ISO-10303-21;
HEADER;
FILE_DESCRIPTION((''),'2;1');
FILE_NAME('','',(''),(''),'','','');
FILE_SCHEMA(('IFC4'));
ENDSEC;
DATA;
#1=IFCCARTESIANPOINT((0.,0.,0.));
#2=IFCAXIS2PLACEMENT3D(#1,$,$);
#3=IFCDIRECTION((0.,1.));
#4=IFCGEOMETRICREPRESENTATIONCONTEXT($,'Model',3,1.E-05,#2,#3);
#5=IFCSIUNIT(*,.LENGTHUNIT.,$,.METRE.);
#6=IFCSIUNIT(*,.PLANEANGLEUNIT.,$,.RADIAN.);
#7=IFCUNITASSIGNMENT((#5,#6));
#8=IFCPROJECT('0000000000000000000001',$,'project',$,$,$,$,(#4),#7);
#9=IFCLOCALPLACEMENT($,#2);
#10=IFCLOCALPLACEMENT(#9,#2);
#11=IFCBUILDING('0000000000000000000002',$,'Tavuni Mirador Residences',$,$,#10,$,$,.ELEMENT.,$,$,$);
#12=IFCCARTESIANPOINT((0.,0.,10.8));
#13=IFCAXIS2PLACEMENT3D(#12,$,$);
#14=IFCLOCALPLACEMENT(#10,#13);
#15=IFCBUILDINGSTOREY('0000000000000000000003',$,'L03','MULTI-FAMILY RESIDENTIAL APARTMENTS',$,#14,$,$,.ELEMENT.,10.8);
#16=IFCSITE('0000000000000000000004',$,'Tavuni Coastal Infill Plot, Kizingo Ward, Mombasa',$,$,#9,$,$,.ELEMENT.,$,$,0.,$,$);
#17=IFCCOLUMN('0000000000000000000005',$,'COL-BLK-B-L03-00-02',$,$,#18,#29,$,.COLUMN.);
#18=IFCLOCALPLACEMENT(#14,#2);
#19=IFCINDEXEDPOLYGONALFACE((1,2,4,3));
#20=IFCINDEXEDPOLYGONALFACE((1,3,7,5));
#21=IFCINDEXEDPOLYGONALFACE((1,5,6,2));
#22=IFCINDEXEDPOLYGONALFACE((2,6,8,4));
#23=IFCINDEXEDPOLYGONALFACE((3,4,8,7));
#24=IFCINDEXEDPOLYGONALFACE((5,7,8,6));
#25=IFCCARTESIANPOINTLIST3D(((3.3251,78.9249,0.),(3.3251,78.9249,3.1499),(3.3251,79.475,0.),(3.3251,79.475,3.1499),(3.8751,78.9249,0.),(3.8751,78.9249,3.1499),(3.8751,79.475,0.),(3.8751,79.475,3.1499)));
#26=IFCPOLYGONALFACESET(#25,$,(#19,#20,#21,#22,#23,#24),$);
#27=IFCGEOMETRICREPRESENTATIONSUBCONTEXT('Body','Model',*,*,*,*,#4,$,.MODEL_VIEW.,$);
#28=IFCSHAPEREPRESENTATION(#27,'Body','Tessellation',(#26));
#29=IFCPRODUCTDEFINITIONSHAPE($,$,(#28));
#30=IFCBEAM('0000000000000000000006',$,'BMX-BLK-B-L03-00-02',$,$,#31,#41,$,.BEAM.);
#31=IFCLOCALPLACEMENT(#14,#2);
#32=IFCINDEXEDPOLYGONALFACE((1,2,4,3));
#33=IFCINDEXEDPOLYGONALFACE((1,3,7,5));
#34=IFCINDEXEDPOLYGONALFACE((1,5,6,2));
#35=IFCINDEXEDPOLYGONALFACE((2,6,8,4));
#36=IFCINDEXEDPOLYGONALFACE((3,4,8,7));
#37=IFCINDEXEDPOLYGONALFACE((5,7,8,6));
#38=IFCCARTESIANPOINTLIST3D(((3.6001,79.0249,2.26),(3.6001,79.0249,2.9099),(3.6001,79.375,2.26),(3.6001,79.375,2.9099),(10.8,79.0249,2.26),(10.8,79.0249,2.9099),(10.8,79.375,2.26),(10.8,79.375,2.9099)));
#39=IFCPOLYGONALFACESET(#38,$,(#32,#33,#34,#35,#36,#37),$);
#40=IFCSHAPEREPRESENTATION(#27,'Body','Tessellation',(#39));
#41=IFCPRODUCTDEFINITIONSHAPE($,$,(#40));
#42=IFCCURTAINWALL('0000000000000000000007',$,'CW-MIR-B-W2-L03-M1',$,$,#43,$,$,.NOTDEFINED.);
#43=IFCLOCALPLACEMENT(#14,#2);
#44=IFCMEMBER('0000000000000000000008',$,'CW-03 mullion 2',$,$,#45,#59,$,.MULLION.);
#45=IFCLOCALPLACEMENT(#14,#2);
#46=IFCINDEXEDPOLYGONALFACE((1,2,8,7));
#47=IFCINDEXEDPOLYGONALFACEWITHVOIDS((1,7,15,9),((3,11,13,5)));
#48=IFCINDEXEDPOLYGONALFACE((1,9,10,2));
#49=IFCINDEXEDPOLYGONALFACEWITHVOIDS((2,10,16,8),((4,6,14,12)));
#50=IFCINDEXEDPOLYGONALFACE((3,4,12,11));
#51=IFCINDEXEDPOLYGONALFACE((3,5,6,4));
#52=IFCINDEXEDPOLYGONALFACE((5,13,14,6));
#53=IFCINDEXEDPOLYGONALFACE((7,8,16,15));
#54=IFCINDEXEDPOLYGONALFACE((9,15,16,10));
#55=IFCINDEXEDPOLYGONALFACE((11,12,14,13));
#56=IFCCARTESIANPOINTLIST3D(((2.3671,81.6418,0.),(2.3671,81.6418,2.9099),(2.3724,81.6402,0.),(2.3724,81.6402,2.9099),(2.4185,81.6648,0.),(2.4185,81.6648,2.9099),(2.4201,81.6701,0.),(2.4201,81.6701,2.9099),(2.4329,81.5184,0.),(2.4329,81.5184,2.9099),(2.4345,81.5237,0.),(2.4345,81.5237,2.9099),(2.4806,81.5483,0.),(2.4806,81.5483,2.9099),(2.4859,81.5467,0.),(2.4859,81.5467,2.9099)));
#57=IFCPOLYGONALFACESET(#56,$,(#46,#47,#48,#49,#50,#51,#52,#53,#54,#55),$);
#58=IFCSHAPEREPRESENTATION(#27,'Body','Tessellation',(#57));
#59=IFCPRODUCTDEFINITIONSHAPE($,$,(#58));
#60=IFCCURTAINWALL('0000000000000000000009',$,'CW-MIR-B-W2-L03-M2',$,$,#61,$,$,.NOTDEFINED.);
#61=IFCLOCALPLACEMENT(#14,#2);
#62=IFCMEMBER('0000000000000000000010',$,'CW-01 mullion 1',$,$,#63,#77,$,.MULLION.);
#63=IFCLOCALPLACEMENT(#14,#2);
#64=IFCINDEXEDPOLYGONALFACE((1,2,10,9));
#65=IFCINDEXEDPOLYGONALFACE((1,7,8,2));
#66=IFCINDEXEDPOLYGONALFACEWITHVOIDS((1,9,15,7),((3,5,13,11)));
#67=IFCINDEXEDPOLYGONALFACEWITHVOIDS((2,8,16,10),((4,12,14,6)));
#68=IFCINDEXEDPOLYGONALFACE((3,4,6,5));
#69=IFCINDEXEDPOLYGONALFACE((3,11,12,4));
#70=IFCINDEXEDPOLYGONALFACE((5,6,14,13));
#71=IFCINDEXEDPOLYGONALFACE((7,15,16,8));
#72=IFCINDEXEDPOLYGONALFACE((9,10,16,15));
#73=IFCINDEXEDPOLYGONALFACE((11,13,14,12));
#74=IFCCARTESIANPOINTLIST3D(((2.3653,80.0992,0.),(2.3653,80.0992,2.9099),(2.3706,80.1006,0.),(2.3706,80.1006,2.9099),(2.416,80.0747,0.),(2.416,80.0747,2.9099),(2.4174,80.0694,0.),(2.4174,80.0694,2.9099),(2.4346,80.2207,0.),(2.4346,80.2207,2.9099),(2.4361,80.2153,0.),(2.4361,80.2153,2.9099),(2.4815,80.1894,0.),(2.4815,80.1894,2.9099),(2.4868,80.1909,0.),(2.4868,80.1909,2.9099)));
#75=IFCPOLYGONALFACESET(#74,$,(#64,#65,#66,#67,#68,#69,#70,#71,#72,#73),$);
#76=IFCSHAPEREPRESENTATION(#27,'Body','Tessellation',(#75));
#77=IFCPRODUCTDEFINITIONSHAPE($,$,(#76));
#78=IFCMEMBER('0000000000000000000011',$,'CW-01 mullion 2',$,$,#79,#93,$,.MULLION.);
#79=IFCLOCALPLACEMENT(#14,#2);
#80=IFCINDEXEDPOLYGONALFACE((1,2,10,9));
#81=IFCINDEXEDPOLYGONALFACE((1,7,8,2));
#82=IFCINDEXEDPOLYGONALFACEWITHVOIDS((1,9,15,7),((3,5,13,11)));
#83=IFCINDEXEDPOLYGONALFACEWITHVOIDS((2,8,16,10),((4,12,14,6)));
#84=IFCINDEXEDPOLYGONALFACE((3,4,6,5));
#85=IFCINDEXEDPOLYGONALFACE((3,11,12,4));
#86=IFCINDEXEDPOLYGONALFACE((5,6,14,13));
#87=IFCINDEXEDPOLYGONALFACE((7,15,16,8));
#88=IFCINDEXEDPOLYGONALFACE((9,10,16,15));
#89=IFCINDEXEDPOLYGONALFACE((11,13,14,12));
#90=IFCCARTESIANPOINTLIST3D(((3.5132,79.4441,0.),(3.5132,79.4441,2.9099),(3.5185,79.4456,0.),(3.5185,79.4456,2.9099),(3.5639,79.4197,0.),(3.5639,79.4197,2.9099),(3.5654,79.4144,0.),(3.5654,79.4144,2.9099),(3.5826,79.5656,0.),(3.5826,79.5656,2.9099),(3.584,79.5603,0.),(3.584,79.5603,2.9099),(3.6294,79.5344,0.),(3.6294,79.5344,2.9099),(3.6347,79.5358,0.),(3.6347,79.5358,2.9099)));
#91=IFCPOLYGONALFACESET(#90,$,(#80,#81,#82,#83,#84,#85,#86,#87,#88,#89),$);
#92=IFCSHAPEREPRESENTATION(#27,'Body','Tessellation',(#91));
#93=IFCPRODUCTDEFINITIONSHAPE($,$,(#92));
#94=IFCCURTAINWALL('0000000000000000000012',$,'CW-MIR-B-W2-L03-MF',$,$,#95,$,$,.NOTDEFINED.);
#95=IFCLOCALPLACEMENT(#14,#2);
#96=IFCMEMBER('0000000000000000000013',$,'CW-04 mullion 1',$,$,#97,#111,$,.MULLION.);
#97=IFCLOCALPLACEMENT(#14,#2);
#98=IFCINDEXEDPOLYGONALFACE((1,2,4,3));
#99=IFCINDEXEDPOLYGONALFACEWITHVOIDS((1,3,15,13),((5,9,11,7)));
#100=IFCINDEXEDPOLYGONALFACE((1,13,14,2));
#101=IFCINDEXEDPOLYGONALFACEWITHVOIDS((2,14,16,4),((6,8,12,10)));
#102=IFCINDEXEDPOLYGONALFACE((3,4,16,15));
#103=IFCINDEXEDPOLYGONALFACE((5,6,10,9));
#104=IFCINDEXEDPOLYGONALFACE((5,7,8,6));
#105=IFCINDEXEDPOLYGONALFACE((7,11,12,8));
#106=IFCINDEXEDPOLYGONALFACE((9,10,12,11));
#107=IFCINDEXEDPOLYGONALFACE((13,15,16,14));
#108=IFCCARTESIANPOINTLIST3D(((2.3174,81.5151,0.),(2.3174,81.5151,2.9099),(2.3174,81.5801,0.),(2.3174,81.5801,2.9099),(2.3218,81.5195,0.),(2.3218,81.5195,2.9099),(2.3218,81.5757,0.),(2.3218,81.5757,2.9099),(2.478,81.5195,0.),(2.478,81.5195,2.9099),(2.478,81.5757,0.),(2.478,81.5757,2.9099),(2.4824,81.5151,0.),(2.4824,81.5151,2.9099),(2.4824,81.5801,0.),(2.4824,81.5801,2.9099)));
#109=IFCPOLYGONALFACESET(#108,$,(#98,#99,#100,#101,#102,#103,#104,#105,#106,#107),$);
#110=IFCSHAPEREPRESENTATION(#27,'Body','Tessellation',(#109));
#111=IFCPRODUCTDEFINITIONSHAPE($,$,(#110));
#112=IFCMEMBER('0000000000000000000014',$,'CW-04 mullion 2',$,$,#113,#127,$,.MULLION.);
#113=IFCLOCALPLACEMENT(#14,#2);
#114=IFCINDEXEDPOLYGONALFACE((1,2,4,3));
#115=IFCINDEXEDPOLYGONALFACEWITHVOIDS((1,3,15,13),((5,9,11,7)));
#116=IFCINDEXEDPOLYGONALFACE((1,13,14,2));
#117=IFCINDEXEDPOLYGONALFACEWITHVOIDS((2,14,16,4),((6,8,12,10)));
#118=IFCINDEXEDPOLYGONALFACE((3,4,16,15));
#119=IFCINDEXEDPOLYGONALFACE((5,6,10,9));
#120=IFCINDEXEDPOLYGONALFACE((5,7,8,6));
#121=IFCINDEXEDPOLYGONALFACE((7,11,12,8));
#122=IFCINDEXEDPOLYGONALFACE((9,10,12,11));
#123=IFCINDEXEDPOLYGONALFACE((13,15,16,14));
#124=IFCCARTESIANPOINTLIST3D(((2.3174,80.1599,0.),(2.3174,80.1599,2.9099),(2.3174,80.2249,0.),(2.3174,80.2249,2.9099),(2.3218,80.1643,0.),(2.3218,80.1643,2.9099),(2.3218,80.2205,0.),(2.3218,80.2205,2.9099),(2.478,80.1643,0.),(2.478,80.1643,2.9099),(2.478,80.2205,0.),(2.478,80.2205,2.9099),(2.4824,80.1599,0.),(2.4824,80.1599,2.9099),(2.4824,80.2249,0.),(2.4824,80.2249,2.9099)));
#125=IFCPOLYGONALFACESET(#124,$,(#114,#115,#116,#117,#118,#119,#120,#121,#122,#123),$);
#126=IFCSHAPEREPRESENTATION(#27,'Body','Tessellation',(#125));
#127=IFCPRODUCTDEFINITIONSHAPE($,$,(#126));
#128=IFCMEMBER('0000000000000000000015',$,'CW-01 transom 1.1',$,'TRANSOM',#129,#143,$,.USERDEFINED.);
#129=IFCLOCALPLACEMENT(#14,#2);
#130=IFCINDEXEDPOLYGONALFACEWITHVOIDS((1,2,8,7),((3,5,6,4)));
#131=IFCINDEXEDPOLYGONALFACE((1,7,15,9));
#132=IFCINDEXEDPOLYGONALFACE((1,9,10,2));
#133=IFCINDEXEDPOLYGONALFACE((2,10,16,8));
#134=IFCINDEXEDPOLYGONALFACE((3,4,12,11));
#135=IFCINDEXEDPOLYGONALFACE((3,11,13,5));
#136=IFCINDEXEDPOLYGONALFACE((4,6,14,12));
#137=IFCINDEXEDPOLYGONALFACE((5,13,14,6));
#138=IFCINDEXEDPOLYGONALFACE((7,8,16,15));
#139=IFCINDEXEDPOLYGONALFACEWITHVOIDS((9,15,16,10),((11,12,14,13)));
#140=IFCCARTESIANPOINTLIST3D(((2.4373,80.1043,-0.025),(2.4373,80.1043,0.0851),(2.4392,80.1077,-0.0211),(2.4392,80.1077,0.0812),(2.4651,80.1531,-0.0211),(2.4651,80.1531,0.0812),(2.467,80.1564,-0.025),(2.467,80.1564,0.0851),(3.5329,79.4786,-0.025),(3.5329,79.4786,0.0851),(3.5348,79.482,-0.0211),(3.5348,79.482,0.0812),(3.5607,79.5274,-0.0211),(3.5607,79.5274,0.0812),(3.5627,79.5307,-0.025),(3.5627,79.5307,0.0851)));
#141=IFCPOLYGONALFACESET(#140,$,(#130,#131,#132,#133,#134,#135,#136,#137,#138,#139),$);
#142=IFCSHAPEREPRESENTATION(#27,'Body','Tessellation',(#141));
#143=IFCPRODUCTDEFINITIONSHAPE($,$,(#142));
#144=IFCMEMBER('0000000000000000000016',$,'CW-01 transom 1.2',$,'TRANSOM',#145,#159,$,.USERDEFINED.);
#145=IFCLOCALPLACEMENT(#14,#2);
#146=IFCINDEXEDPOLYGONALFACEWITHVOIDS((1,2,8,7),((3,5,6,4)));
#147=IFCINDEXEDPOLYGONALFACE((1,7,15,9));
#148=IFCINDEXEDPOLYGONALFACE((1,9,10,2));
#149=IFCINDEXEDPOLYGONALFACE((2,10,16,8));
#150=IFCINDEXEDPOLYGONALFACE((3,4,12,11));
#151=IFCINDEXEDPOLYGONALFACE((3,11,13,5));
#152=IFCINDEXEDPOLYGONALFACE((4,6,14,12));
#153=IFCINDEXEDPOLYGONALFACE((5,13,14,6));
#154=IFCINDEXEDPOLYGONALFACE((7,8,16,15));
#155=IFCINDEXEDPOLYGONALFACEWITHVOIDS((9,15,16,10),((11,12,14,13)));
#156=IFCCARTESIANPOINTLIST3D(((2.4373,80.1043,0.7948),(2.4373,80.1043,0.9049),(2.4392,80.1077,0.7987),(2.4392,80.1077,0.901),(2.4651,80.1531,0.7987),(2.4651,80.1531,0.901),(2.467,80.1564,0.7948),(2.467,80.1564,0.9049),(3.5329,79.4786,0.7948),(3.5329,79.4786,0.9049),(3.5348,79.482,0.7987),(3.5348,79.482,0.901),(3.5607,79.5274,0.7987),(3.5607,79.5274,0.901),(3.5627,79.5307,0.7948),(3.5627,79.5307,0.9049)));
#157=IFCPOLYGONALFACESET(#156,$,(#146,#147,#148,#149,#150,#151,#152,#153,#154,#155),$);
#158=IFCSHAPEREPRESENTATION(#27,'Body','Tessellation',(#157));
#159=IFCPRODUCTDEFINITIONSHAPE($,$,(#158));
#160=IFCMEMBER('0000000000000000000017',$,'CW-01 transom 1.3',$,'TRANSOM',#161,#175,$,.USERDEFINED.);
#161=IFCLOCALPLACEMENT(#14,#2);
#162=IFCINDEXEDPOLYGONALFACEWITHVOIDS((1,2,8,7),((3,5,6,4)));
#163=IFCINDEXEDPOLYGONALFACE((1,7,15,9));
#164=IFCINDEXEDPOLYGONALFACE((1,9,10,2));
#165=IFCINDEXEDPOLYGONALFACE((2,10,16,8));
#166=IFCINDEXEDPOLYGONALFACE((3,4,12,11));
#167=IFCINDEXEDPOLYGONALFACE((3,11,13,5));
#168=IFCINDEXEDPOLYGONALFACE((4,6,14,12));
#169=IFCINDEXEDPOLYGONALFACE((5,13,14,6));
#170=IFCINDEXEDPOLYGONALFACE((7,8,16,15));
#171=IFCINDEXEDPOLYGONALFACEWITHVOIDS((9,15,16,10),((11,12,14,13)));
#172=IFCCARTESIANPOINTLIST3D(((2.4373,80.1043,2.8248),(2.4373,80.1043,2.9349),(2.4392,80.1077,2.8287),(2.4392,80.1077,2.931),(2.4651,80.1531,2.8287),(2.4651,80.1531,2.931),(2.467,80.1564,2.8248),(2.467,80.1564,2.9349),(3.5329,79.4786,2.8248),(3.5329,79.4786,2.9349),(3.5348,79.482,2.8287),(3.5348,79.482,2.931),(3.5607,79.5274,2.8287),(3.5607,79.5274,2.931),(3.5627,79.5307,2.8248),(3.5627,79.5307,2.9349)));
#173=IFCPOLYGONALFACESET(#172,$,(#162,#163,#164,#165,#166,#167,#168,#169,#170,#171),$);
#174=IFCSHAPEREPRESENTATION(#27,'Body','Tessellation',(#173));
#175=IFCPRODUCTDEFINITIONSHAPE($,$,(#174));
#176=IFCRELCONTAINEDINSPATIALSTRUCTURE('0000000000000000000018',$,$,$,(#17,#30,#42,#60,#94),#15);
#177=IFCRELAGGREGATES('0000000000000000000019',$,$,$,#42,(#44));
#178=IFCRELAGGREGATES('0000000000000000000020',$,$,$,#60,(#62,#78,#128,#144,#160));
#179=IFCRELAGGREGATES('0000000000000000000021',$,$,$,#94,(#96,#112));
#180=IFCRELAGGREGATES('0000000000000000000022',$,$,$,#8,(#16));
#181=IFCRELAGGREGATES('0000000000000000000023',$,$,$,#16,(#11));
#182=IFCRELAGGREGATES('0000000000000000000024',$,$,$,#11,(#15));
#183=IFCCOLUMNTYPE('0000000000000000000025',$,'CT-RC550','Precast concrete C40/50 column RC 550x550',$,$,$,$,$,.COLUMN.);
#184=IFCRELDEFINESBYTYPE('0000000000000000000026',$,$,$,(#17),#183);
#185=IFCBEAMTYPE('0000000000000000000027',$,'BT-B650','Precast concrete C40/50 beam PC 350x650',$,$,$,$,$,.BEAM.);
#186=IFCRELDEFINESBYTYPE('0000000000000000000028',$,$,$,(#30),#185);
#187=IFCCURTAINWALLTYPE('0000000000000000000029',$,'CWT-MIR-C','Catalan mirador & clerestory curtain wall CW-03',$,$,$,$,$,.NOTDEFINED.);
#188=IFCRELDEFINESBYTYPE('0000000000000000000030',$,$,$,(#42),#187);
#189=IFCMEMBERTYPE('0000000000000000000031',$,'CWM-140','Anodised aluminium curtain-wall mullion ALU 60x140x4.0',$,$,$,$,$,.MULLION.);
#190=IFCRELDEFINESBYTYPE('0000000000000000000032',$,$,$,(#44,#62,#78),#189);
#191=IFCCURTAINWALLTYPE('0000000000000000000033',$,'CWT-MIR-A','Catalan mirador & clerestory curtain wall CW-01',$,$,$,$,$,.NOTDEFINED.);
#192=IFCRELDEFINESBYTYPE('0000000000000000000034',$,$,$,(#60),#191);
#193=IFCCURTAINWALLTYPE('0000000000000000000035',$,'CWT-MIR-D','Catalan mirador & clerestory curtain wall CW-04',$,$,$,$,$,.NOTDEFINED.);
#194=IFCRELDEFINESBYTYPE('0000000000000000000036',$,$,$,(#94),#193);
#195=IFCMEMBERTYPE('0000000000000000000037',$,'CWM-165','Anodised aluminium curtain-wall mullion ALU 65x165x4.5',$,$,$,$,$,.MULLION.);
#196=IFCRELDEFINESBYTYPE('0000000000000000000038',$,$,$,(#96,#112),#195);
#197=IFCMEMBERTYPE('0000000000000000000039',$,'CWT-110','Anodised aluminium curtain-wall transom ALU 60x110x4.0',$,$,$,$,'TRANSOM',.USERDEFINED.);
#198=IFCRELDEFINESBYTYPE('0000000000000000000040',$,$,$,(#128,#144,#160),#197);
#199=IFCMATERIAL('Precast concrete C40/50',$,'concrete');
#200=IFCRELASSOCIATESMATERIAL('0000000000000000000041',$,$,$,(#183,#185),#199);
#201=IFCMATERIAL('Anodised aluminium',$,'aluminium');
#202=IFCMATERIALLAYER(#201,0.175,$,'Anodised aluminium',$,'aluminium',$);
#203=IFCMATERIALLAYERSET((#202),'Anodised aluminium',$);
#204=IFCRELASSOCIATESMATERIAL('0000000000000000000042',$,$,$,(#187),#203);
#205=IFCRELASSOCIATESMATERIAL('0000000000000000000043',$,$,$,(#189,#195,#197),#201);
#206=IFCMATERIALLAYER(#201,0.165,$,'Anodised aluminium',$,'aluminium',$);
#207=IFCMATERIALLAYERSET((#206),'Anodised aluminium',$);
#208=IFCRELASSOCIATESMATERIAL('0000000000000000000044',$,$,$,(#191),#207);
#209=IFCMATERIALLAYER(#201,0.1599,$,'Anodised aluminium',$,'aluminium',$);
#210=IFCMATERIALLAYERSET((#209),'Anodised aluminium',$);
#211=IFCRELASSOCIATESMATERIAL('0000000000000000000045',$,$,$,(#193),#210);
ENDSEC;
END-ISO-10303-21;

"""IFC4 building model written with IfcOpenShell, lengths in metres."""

from ifc_helpers import new_model, si_unit, direction, frame, origin, origin_2d, place, context, subcontext, project, spatial, rectangle, hollow_rectangle, extrude, material, layer, layer_set, material_profile, profile_set, type_object, element, aggregate, save


model = new_model("IFC4")

# Units and contexts
model_context = context("Model", 3, precision=1e-05, world=origin(), true_north=direction((0.0, 1.0)))
body_context = subcontext(model_context, "Body", "Model", "MODEL_VIEW")
ifc_project = project(units=[si_unit("LENGTHUNIT", "METRE"), si_unit("PLANEANGLEUNIT", "RADIAN")], contexts=[model_context])

# Site, building, storey
site_placement = place(None, origin())
site = spatial("IfcSite", under=ifc_project, at=site_placement, Name="Tavuni Coastal Infill Plot, Kizingo Ward, Mombasa", CompositionType="ELEMENT", RefElevation=0.0)
building_placement = place(site_placement, origin())
building = spatial("IfcBuilding", under=site, at=building_placement, Name="Tavuni Mirador Residences", CompositionType="ELEMENT")
storey_placement = place(building_placement, frame((0.0, 0.0, 10.8)))
storey = spatial("IfcBuildingStorey", under=building, at=storey_placement, Name="L03", Description="MULTI-FAMILY RESIDENTIAL APARTMENTS", CompositionType="ELEMENT", Elevation=10.8)

# Column
ifc_material_1 = material(Name="Precast concrete C40/50", Category="concrete")
ifc_material_profile_1 = material_profile(ifc_material_1, rectangle(XDim=0.55, YDim=0.55, at=origin_2d()), Name="RC 550x550", Category="concrete")
ifc_profile_set_1 = profile_set([ifc_material_profile_1], Name="Precast concrete C40/50")
column_type = type_object("IfcColumnType", Name="CT-RC550", Description="Precast concrete C40/50 column RC 550x550", PredefinedType="COLUMN", material=ifc_profile_set_1)
column_placement = place(storey_placement, frame((3.6001, 79.2, 0.0), z_axis=(0.0, 0.0, 1.0), x_axis=(1.0, 0.0, 0.0)))
element("IfcColumn", 1, at=column_placement, inside=storey, type_object=column_type, Name="COL-BLK-B-L03-00-02", PredefinedType="COLUMN", context=body_context, shape_type="SweptSolid", body=[
    extrude(rectangle(XDim=0.55, YDim=0.55, at=origin_2d()), origin(), (0.0, 0.0, 1.0), 3.1499),
])

# Beam
ifc_material_profile_2 = material_profile(ifc_material_1, rectangle(XDim=0.3501, YDim=0.6499, at=origin_2d()), Name="PC 350x650", Category="concrete")
ifc_profile_set_2 = profile_set([ifc_material_profile_2], Name="Precast concrete C40/50")
beam_type = type_object("IfcBeamType", Name="BT-B650", Description="Precast concrete C40/50 beam PC 350x650", PredefinedType="BEAM", material=ifc_profile_set_2)
beam_placement = place(storey_placement, frame((3.6001, 79.2, 2.585), z_axis=(1.0, 0.0, 0.0), x_axis=(0.0, 1.0, 0.0)))
element("IfcBeam", 2, at=beam_placement, inside=storey, type_object=beam_type, Name="BMX-BLK-B-L03-00-02", PredefinedType="BEAM", context=body_context, shape_type="SweptSolid", body=[
    extrude(rectangle(XDim=0.3501, YDim=0.6499, at=origin_2d()), origin(), (0.0, 0.0, 1.0), 7.2),
])

# Curtain wall, member
ifc_material_2 = material(Name="Anodised aluminium", Category="aluminium")
ifc_layer_1 = layer(ifc_material_2, 0.175, Name="Anodised aluminium", Category="aluminium")
ifc_layer_set_1 = layer_set([ifc_layer_1], Name="Anodised aluminium")
curtain_wall_type_1 = type_object("IfcCurtainWallType", Name="CWT-MIR-C", Description="Catalan mirador & clerestory curtain wall CW-03", PredefinedType="NOTDEFINED", material=ifc_layer_set_1)
curtain_wall_1_placement = place(storey_placement, origin())
curtain_wall_1 = element("IfcCurtainWall", 3, at=curtain_wall_1_placement, inside=storey, type_object=curtain_wall_type_1, Name="CW-MIR-B-W2-L03-M1", PredefinedType="NOTDEFINED")
ifc_material_profile_3 = material_profile(ifc_material_2, hollow_rectangle(XDim=0.0601, YDim=0.1399, WallThickness=0.0039, at=origin_2d()), Name="ALU 60x140x4.0", Category="aluminium")
ifc_profile_set_3 = profile_set([ifc_material_profile_3], Name="Anodised aluminium")
member_type_1 = type_object("IfcMemberType", Name="CWM-140", Description="Anodised aluminium curtain-wall mullion ALU 60x140x4.0", PredefinedType="MULLION", material=ifc_profile_set_3)
member_1_placement = place(storey_placement, frame((2.4265, 81.5942, 0.0), z_axis=(0.0, 0.0, 1.0), x_axis=(-0.882353, -0.470588, 0.0)))
member_1 = element("IfcMember", 4, at=member_1_placement, type_object=member_type_1, Name="CW-03 mullion 2", PredefinedType="MULLION", context=body_context, shape_type="SweptSolid", body=[
    extrude(hollow_rectangle(XDim=0.0601, YDim=0.1399, WallThickness=0.0039, at=origin_2d()), origin(), (0.0, 0.0, 1.0), 2.9099),
])

# Curtain walls, members
ifc_layer_2 = layer(ifc_material_2, 0.165, Name="Anodised aluminium", Category="aluminium")
ifc_layer_set_2 = layer_set([ifc_layer_2], Name="Anodised aluminium")
curtain_wall_type_2 = type_object("IfcCurtainWallType", Name="CWT-MIR-A", Description="Catalan mirador & clerestory curtain wall CW-01", PredefinedType="NOTDEFINED", material=ifc_layer_set_2)
curtain_wall_2_placement = place(storey_placement, origin())
curtain_wall_2 = element("IfcCurtainWall", 5, at=curtain_wall_2_placement, inside=storey, type_object=curtain_wall_type_2, Name="CW-MIR-B-W2-L03-M2", PredefinedType="NOTDEFINED")
member_2_placement = place(storey_placement, frame((2.426, 80.145, 0.0), z_axis=(0.0, 0.0, 1.0), x_axis=(0.868466, -0.495749, 0.0)))
member_2 = element("IfcMember", 6, at=member_2_placement, type_object=member_type_1, Name="CW-01 mullion 1", PredefinedType="MULLION", context=body_context, shape_type="SweptSolid", body=[
    extrude(hollow_rectangle(XDim=0.0601, YDim=0.1399, WallThickness=0.0039, at=origin_2d()), origin(), (0.0, 0.0, 1.0), 2.9099),
])
member_3_placement = place(storey_placement, frame((3.574, 79.49, 0.0), z_axis=(0.0, 0.0, 1.0), x_axis=(0.868466, -0.495749, 0.0)))
member_3 = element("IfcMember", 7, at=member_3_placement, type_object=member_type_1, Name="CW-01 mullion 2", PredefinedType="MULLION", context=body_context, shape_type="SweptSolid", body=[
    extrude(hollow_rectangle(XDim=0.0601, YDim=0.1399, WallThickness=0.0039, at=origin_2d()), origin(), (0.0, 0.0, 1.0), 2.9099),
])
ifc_layer_3 = layer(ifc_material_2, 0.1599, Name="Anodised aluminium", Category="aluminium")
ifc_layer_set_3 = layer_set([ifc_layer_3], Name="Anodised aluminium")
curtain_wall_type_3 = type_object("IfcCurtainWallType", Name="CWT-MIR-D", Description="Catalan mirador & clerestory curtain wall CW-04", PredefinedType="NOTDEFINED", material=ifc_layer_set_3)
curtain_wall_3_placement = place(storey_placement, origin())
curtain_wall_3 = element("IfcCurtainWall", 8, at=curtain_wall_3_placement, inside=storey, type_object=curtain_wall_type_3, Name="CW-MIR-B-W2-L03-MF", PredefinedType="NOTDEFINED")
ifc_material_profile_4 = material_profile(ifc_material_2, hollow_rectangle(XDim=0.0649, YDim=0.165, WallThickness=0.0044, at=origin_2d()), Name="ALU 65x165x4.5", Category="aluminium")
ifc_profile_set_4 = profile_set([ifc_material_profile_4], Name="Anodised aluminium")
member_type_2 = type_object("IfcMemberType", Name="CWM-165", Description="Anodised aluminium curtain-wall mullion ALU 65x165x4.5", PredefinedType="MULLION", material=ifc_profile_set_4)
member_4_placement = place(storey_placement, frame((2.3999, 81.5476, 0.0), z_axis=(0.0, 0.0, 1.0), x_axis=(0.0, -1.0, 0.0)))
member_4 = element("IfcMember", 9, at=member_4_placement, type_object=member_type_2, Name="CW-04 mullion 1", PredefinedType="MULLION", context=body_context, shape_type="SweptSolid", body=[
    extrude(hollow_rectangle(XDim=0.0649, YDim=0.165, WallThickness=0.0044, at=origin_2d()), origin(), (0.0, 0.0, 1.0), 2.9099),
])
member_5_placement = place(storey_placement, frame((2.3999, 80.1924, 0.0), z_axis=(0.0, 0.0, 1.0), x_axis=(0.0, -1.0, 0.0)))
member_5 = element("IfcMember", 10, at=member_5_placement, type_object=member_type_2, Name="CW-04 mullion 2", PredefinedType="MULLION", context=body_context, shape_type="SweptSolid", body=[
    extrude(hollow_rectangle(XDim=0.0649, YDim=0.165, WallThickness=0.0044, at=origin_2d()), origin(), (0.0, 0.0, 1.0), 2.9099),
])

# Members
ifc_material_profile_5 = material_profile(ifc_material_2, hollow_rectangle(XDim=0.0601, YDim=0.1101, WallThickness=0.0039, at=origin_2d()), Name="ALU 60x110x4.0", Category="aluminium")
ifc_profile_set_5 = profile_set([ifc_material_profile_5], Name="Anodised aluminium")
member_type_3 = type_object("IfcMemberType", Name="CWT-110", Description="Anodised aluminium curtain-wall transom ALU 60x110x4.0", ElementType="TRANSOM", PredefinedType="USERDEFINED", material=ifc_profile_set_5)
member_6_placement = place(storey_placement, frame((2.4521, 80.1304, 0.03), z_axis=(0.868374, -0.49591, 0.0), x_axis=(0.49591, 0.868374, 0.0)))
member_6 = element("IfcMember", 11, at=member_6_placement, type_object=member_type_3, Name="CW-01 transom 1.1", ObjectType="TRANSOM", PredefinedType="USERDEFINED", context=body_context, shape_type="SweptSolid", body=[
    extrude(hollow_rectangle(XDim=0.0601, YDim=0.1101, WallThickness=0.0039, at=origin_2d()), origin(), (0.0, 0.0, 1.0), 1.2617),
])
member_7_placement = place(storey_placement, frame((2.4521, 80.1304, 0.8499), z_axis=(0.868374, -0.49591, 0.0), x_axis=(0.49591, 0.868374, 0.0)))
member_7 = element("IfcMember", 12, at=member_7_placement, type_object=member_type_3, Name="CW-01 transom 1.2", ObjectType="TRANSOM", PredefinedType="USERDEFINED", context=body_context, shape_type="SweptSolid", body=[
    extrude(hollow_rectangle(XDim=0.0601, YDim=0.1101, WallThickness=0.0039, at=origin_2d()), origin(), (0.0, 0.0, 1.0), 1.2617),
])
member_8_placement = place(storey_placement, frame((2.4521, 80.1304, 2.8799), z_axis=(0.868374, -0.49591, 0.0), x_axis=(0.49591, 0.868374, 0.0)))
member_8 = element("IfcMember", 13, at=member_8_placement, type_object=member_type_3, Name="CW-01 transom 1.3", ObjectType="TRANSOM", PredefinedType="USERDEFINED", context=body_context, shape_type="SweptSolid", body=[
    extrude(hollow_rectangle(XDim=0.0601, YDim=0.1101, WallThickness=0.0039, at=origin_2d()), origin(), (0.0, 0.0, 1.0), 1.2617),
])

aggregate(curtain_wall_1, [member_1])
aggregate(curtain_wall_2, [member_2, member_3, member_6, member_7, member_8])
aggregate(curtain_wall_3, [member_4, member_5])

save(model, "model.ifc")
